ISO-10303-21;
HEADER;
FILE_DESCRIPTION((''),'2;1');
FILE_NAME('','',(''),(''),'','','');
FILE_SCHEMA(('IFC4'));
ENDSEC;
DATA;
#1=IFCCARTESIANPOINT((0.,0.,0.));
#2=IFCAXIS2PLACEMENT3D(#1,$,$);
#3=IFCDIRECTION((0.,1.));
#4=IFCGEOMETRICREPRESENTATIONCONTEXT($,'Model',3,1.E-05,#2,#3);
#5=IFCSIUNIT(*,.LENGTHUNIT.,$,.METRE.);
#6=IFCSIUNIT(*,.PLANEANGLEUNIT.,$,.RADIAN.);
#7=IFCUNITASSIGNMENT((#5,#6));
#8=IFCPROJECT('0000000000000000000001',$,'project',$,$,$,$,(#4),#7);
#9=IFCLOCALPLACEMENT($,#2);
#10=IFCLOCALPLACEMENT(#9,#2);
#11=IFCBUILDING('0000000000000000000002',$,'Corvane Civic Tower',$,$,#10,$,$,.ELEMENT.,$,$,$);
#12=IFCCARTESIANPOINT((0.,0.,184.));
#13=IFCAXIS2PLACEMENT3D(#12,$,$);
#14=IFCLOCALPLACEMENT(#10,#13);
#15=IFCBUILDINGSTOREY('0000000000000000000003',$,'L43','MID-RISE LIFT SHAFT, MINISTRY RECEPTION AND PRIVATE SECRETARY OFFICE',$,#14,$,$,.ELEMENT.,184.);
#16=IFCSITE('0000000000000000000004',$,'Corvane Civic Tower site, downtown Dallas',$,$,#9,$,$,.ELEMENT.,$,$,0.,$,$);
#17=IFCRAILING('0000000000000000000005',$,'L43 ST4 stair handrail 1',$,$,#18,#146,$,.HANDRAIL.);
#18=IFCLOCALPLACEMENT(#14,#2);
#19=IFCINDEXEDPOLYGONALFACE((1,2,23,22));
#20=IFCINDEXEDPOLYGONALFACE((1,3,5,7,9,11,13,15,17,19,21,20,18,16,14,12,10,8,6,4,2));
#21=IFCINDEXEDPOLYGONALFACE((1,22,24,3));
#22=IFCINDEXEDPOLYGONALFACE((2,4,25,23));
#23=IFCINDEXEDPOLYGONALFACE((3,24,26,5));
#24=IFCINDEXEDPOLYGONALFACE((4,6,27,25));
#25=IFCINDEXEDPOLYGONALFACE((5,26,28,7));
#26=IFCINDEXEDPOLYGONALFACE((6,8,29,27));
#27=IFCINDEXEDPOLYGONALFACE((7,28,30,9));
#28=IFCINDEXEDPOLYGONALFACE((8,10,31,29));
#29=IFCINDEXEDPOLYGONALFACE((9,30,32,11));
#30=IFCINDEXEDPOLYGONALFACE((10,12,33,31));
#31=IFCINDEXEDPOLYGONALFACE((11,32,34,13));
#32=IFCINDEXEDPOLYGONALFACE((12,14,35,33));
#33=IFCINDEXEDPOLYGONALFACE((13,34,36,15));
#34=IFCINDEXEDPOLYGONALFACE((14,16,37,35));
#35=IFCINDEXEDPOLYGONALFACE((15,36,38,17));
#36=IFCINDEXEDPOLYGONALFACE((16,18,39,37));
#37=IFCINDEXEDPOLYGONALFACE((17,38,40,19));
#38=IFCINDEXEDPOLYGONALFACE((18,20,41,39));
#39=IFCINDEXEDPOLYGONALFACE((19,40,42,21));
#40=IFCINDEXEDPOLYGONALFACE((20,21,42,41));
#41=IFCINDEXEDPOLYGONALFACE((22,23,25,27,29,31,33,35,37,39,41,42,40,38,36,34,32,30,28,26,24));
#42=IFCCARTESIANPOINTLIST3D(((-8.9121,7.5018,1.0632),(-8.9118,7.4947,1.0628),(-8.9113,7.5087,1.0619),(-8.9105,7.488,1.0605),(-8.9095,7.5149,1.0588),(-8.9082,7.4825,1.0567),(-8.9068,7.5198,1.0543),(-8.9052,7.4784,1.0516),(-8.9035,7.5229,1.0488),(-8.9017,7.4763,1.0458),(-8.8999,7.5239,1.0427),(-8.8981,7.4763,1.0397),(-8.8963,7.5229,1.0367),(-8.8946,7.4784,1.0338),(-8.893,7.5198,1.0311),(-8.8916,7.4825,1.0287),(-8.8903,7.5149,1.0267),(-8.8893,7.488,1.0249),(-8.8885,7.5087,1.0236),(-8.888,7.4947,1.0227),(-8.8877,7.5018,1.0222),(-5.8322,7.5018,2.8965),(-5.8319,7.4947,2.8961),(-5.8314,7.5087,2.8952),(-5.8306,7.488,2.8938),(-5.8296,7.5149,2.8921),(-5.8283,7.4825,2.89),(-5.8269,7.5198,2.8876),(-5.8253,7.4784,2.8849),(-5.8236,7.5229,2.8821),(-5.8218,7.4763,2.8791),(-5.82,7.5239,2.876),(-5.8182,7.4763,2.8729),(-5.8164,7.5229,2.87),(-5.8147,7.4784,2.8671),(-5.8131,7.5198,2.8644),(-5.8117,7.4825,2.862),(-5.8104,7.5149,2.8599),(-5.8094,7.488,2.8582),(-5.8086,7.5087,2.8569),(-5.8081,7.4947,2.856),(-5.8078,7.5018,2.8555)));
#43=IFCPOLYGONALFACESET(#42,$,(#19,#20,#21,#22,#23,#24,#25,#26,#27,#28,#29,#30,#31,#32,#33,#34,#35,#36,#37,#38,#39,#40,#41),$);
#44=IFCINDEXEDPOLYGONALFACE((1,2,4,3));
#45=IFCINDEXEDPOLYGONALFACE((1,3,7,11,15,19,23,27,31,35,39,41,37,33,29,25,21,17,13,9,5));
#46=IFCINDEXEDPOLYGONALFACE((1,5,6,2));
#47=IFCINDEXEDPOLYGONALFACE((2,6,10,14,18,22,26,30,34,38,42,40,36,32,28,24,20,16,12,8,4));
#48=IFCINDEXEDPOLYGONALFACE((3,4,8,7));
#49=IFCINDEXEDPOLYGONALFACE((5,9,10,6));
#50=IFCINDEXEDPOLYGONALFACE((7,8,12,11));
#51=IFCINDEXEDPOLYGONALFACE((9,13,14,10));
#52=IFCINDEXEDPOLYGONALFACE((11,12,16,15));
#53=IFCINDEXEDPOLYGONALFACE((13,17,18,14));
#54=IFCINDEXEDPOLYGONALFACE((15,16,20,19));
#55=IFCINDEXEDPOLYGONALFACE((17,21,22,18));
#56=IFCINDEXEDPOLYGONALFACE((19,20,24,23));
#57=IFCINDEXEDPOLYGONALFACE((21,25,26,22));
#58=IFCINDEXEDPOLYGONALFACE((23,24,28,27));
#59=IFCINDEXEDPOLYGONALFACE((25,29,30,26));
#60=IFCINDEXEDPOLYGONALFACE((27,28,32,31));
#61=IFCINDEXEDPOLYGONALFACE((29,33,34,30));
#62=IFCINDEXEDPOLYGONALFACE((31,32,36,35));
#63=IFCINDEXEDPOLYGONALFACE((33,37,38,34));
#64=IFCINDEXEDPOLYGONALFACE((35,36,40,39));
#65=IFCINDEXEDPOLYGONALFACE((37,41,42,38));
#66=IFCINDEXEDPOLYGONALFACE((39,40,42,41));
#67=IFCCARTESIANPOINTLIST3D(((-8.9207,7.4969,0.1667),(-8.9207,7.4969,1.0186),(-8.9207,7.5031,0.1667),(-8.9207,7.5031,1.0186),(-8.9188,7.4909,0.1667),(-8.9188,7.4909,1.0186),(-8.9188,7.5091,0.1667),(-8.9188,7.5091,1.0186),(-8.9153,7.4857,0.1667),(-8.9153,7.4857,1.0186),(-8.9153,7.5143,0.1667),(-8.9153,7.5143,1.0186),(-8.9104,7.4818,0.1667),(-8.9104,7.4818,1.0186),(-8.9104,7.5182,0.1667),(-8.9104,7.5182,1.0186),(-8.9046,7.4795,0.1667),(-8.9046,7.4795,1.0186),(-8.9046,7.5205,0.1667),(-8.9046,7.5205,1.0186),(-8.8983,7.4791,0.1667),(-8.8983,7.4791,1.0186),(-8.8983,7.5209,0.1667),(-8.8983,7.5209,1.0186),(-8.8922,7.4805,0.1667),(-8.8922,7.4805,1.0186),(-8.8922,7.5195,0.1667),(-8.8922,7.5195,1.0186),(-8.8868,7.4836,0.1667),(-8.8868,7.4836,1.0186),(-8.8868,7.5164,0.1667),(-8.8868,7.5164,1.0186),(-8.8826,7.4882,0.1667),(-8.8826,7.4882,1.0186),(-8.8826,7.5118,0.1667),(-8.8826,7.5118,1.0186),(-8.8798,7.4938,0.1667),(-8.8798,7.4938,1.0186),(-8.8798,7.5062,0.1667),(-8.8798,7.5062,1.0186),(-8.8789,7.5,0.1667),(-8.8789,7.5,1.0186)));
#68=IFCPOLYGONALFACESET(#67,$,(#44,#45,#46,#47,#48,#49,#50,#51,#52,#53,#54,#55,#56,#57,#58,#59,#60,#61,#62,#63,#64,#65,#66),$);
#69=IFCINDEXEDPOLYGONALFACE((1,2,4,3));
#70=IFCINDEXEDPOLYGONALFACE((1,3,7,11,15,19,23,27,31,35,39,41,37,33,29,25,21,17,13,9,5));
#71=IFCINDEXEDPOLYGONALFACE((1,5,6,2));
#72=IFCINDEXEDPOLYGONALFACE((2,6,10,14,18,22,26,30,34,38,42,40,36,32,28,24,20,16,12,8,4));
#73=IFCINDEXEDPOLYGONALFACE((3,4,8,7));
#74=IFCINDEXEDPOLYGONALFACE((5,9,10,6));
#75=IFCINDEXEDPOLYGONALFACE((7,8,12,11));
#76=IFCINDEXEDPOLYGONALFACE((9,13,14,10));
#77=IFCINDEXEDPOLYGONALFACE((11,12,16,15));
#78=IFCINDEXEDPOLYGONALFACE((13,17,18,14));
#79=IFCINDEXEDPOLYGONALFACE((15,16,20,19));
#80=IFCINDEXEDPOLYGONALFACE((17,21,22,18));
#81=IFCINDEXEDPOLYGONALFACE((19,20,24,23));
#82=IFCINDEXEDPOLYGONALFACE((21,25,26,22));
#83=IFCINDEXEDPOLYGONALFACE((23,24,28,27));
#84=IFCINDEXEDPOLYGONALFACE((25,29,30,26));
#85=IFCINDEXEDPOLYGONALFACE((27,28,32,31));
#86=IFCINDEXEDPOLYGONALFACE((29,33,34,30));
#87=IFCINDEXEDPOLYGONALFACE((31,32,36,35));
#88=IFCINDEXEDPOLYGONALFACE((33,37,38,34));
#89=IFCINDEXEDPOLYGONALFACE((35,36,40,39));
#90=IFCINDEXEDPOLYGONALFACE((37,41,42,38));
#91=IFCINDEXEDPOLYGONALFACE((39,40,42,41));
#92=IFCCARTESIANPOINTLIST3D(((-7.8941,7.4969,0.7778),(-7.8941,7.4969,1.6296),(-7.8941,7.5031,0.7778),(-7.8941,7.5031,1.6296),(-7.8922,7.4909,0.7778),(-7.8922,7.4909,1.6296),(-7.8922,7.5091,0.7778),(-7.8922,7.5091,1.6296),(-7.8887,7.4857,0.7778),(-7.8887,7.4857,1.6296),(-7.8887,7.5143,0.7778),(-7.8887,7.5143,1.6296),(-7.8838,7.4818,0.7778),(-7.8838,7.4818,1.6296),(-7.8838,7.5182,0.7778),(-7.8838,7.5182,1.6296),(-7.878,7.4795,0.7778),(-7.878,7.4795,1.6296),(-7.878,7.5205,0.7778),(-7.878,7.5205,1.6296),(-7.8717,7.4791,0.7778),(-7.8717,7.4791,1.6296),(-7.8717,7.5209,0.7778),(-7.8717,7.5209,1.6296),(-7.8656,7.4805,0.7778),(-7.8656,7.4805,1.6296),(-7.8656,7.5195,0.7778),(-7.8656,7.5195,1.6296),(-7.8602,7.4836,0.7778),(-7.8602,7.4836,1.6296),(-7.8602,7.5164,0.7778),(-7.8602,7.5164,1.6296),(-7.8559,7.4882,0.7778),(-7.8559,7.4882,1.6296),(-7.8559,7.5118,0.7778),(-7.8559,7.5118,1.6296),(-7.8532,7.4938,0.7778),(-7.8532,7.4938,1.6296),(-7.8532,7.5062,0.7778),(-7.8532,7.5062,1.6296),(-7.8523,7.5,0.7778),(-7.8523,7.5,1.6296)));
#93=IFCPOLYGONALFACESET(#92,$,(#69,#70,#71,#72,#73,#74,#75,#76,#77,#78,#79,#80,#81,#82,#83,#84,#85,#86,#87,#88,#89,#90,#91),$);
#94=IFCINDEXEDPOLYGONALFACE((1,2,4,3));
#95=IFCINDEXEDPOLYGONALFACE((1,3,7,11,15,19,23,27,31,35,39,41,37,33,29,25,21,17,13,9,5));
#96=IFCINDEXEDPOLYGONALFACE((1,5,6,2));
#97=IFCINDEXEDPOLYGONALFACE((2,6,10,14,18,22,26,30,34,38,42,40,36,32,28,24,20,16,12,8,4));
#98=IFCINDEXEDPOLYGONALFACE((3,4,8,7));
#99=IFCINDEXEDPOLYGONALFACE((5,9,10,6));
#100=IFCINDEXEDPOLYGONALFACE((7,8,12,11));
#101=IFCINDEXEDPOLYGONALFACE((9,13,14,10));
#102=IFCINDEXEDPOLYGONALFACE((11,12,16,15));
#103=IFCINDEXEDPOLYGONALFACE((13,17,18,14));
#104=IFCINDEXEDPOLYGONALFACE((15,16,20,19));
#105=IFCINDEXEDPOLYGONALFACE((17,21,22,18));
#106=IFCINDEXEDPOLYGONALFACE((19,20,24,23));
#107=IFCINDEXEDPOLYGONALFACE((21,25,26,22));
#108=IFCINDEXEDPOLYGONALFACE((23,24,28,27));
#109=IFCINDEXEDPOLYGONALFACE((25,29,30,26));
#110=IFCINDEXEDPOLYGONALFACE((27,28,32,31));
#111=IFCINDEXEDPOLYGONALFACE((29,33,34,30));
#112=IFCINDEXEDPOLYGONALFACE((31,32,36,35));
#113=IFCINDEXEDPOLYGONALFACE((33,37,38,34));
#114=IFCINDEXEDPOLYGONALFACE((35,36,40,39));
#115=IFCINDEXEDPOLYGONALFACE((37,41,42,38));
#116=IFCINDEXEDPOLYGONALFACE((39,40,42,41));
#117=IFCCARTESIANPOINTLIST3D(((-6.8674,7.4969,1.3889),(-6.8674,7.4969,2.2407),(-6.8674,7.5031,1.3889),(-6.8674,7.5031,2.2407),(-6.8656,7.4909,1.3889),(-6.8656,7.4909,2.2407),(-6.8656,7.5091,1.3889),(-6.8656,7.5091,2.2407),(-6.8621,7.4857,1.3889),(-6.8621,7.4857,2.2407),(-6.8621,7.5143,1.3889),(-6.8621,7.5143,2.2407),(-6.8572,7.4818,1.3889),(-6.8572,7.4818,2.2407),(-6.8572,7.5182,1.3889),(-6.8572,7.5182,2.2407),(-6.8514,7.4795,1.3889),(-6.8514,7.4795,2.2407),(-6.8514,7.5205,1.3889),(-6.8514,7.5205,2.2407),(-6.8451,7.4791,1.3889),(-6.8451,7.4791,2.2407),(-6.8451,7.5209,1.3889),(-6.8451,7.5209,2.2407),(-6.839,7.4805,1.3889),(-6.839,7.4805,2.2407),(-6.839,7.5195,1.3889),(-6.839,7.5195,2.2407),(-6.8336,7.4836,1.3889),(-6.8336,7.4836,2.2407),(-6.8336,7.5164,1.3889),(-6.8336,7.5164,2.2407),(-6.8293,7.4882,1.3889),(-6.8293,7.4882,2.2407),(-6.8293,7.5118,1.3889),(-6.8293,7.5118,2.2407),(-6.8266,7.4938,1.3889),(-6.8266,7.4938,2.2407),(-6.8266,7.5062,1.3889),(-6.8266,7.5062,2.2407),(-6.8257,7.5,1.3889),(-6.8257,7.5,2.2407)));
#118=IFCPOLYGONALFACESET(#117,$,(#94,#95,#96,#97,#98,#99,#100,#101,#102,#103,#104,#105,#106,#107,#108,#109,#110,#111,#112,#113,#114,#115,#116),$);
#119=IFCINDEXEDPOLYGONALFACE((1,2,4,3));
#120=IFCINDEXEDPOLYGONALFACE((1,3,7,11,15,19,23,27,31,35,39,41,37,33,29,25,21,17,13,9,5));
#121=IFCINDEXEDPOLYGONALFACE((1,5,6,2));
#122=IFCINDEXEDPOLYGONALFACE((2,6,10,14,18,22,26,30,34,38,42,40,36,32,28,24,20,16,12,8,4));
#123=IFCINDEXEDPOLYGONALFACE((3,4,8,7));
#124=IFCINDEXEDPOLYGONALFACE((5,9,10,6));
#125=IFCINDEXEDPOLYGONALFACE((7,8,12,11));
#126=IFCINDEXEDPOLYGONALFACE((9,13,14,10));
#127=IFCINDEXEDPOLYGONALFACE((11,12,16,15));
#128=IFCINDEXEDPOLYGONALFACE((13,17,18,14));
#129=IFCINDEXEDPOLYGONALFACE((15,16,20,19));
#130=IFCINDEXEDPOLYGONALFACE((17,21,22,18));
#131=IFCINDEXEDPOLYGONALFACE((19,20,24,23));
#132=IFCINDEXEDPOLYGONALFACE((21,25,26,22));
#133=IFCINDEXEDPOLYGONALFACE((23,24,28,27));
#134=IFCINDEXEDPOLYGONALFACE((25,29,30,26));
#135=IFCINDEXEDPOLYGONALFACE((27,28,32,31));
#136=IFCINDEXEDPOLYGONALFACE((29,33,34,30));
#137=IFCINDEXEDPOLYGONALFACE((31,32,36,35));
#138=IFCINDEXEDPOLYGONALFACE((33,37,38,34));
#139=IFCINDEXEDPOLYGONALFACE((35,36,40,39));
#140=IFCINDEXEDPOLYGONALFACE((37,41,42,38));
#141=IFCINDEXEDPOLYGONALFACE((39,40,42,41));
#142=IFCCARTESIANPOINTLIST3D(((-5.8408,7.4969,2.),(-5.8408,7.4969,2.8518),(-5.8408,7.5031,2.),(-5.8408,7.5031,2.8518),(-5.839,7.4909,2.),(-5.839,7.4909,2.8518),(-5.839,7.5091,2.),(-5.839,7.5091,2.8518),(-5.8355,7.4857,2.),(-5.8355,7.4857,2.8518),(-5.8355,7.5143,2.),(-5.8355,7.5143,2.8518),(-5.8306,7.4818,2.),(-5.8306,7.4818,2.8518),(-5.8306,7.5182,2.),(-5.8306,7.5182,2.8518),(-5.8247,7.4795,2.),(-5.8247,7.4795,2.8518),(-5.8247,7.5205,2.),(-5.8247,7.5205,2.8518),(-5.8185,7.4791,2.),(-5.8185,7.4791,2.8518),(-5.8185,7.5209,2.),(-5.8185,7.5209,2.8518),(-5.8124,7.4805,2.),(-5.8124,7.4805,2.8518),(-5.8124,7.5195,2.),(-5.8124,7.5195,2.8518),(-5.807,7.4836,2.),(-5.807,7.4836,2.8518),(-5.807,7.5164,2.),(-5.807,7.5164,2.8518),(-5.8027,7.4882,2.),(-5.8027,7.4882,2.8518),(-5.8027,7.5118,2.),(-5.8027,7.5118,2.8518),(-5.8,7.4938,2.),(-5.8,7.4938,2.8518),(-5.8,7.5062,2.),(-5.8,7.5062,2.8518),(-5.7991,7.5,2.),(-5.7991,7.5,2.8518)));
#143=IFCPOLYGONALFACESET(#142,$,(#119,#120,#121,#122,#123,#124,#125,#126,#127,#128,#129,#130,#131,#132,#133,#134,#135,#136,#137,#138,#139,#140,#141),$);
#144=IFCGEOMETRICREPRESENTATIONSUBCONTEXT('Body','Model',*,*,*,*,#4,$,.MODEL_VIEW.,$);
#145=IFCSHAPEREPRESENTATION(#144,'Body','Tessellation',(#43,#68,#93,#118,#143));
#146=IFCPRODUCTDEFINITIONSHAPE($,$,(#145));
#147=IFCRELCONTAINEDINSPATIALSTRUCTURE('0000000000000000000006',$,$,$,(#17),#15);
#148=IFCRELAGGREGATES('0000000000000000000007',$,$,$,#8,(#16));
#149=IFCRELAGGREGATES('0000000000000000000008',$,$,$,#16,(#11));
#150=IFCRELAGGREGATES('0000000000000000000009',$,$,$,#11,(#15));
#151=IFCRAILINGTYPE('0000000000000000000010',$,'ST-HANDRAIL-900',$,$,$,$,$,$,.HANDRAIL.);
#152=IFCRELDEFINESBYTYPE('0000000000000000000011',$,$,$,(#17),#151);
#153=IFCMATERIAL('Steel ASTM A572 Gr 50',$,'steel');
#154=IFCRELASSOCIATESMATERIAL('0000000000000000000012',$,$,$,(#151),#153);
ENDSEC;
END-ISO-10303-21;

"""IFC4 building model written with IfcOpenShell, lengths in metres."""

from ifc_helpers import new_model, si_unit, direction, frame, origin, origin_2d, place, context, subcontext, project, spatial, circle, extrude, material, type_object, element, save


model = new_model("IFC4")

# Units and contexts
model_context = context("Model", 3, precision=1e-05, world=origin(), true_north=direction((0.0, 1.0)))
body_context = subcontext(model_context, "Body", "Model", "MODEL_VIEW")
ifc_project = project(units=[si_unit("LENGTHUNIT", "METRE"), si_unit("PLANEANGLEUNIT", "RADIAN")], contexts=[model_context])

# Site, building, storey
site_placement = place(None, origin())
site = spatial("IfcSite", under=ifc_project, at=site_placement, Name="Corvane Civic Tower site, downtown Dallas", CompositionType="ELEMENT", RefElevation=0.0)
building_placement = place(site_placement, origin())
building = spatial("IfcBuilding", under=site, at=building_placement, Name="Corvane Civic Tower", CompositionType="ELEMENT")
storey_placement = place(building_placement, frame((0.0, 0.0, 184.0)))
storey = spatial("IfcBuildingStorey", under=building, at=storey_placement, Name="L43", Description="MID-RISE LIFT SHAFT, MINISTRY RECEPTION AND PRIVATE SECRETARY OFFICE", CompositionType="ELEMENT", Elevation=184.0)

# Railing
ifc_material_1 = material(Name="Steel ASTM A572 Gr 50", Category="steel")
railing_type_1 = type_object("IfcRailingType", Name="ST-HANDRAIL-900", PredefinedType="HANDRAIL", material=ifc_material_1)
railing_1_placement = place(storey_placement, frame((-8.8999, 7.5, 0.1667)))
element("IfcRailing", 1, at=railing_1_placement, inside=storey, type_object=railing_type_1, Name="L43 ST4 stair handrail 1", PredefinedType="HANDRAIL", context=body_context, shape_type="SweptSolid", body=[
    extrude(circle(Radius=0.0239, at=origin_2d()), frame((0.0, 0.0, 0.876), z_axis=(0.859291, 0.0, 0.511487), x_axis=(0.0, 1.0, 0.0)), (0.0, 0.0, 1.0), 3.5842),
    extrude(circle(Radius=0.021, at=origin_2d()), origin(), (0.0, 0.0, 1.0), 0.8518),
    extrude(circle(Radius=0.021, at=origin_2d()), frame((1.0266, 0.0, 0.6111)), (0.0, 0.0, 1.0), 0.8518),
    extrude(circle(Radius=0.021, at=origin_2d()), frame((2.0532, 0.0, 1.2222)), (0.0, 0.0, 1.0), 0.8518),
    extrude(circle(Radius=0.021, at=origin_2d()), frame((3.0798, 0.0, 1.8333)), (0.0, 0.0, 1.0), 0.8518),
])

save(model, "model.ifc")
